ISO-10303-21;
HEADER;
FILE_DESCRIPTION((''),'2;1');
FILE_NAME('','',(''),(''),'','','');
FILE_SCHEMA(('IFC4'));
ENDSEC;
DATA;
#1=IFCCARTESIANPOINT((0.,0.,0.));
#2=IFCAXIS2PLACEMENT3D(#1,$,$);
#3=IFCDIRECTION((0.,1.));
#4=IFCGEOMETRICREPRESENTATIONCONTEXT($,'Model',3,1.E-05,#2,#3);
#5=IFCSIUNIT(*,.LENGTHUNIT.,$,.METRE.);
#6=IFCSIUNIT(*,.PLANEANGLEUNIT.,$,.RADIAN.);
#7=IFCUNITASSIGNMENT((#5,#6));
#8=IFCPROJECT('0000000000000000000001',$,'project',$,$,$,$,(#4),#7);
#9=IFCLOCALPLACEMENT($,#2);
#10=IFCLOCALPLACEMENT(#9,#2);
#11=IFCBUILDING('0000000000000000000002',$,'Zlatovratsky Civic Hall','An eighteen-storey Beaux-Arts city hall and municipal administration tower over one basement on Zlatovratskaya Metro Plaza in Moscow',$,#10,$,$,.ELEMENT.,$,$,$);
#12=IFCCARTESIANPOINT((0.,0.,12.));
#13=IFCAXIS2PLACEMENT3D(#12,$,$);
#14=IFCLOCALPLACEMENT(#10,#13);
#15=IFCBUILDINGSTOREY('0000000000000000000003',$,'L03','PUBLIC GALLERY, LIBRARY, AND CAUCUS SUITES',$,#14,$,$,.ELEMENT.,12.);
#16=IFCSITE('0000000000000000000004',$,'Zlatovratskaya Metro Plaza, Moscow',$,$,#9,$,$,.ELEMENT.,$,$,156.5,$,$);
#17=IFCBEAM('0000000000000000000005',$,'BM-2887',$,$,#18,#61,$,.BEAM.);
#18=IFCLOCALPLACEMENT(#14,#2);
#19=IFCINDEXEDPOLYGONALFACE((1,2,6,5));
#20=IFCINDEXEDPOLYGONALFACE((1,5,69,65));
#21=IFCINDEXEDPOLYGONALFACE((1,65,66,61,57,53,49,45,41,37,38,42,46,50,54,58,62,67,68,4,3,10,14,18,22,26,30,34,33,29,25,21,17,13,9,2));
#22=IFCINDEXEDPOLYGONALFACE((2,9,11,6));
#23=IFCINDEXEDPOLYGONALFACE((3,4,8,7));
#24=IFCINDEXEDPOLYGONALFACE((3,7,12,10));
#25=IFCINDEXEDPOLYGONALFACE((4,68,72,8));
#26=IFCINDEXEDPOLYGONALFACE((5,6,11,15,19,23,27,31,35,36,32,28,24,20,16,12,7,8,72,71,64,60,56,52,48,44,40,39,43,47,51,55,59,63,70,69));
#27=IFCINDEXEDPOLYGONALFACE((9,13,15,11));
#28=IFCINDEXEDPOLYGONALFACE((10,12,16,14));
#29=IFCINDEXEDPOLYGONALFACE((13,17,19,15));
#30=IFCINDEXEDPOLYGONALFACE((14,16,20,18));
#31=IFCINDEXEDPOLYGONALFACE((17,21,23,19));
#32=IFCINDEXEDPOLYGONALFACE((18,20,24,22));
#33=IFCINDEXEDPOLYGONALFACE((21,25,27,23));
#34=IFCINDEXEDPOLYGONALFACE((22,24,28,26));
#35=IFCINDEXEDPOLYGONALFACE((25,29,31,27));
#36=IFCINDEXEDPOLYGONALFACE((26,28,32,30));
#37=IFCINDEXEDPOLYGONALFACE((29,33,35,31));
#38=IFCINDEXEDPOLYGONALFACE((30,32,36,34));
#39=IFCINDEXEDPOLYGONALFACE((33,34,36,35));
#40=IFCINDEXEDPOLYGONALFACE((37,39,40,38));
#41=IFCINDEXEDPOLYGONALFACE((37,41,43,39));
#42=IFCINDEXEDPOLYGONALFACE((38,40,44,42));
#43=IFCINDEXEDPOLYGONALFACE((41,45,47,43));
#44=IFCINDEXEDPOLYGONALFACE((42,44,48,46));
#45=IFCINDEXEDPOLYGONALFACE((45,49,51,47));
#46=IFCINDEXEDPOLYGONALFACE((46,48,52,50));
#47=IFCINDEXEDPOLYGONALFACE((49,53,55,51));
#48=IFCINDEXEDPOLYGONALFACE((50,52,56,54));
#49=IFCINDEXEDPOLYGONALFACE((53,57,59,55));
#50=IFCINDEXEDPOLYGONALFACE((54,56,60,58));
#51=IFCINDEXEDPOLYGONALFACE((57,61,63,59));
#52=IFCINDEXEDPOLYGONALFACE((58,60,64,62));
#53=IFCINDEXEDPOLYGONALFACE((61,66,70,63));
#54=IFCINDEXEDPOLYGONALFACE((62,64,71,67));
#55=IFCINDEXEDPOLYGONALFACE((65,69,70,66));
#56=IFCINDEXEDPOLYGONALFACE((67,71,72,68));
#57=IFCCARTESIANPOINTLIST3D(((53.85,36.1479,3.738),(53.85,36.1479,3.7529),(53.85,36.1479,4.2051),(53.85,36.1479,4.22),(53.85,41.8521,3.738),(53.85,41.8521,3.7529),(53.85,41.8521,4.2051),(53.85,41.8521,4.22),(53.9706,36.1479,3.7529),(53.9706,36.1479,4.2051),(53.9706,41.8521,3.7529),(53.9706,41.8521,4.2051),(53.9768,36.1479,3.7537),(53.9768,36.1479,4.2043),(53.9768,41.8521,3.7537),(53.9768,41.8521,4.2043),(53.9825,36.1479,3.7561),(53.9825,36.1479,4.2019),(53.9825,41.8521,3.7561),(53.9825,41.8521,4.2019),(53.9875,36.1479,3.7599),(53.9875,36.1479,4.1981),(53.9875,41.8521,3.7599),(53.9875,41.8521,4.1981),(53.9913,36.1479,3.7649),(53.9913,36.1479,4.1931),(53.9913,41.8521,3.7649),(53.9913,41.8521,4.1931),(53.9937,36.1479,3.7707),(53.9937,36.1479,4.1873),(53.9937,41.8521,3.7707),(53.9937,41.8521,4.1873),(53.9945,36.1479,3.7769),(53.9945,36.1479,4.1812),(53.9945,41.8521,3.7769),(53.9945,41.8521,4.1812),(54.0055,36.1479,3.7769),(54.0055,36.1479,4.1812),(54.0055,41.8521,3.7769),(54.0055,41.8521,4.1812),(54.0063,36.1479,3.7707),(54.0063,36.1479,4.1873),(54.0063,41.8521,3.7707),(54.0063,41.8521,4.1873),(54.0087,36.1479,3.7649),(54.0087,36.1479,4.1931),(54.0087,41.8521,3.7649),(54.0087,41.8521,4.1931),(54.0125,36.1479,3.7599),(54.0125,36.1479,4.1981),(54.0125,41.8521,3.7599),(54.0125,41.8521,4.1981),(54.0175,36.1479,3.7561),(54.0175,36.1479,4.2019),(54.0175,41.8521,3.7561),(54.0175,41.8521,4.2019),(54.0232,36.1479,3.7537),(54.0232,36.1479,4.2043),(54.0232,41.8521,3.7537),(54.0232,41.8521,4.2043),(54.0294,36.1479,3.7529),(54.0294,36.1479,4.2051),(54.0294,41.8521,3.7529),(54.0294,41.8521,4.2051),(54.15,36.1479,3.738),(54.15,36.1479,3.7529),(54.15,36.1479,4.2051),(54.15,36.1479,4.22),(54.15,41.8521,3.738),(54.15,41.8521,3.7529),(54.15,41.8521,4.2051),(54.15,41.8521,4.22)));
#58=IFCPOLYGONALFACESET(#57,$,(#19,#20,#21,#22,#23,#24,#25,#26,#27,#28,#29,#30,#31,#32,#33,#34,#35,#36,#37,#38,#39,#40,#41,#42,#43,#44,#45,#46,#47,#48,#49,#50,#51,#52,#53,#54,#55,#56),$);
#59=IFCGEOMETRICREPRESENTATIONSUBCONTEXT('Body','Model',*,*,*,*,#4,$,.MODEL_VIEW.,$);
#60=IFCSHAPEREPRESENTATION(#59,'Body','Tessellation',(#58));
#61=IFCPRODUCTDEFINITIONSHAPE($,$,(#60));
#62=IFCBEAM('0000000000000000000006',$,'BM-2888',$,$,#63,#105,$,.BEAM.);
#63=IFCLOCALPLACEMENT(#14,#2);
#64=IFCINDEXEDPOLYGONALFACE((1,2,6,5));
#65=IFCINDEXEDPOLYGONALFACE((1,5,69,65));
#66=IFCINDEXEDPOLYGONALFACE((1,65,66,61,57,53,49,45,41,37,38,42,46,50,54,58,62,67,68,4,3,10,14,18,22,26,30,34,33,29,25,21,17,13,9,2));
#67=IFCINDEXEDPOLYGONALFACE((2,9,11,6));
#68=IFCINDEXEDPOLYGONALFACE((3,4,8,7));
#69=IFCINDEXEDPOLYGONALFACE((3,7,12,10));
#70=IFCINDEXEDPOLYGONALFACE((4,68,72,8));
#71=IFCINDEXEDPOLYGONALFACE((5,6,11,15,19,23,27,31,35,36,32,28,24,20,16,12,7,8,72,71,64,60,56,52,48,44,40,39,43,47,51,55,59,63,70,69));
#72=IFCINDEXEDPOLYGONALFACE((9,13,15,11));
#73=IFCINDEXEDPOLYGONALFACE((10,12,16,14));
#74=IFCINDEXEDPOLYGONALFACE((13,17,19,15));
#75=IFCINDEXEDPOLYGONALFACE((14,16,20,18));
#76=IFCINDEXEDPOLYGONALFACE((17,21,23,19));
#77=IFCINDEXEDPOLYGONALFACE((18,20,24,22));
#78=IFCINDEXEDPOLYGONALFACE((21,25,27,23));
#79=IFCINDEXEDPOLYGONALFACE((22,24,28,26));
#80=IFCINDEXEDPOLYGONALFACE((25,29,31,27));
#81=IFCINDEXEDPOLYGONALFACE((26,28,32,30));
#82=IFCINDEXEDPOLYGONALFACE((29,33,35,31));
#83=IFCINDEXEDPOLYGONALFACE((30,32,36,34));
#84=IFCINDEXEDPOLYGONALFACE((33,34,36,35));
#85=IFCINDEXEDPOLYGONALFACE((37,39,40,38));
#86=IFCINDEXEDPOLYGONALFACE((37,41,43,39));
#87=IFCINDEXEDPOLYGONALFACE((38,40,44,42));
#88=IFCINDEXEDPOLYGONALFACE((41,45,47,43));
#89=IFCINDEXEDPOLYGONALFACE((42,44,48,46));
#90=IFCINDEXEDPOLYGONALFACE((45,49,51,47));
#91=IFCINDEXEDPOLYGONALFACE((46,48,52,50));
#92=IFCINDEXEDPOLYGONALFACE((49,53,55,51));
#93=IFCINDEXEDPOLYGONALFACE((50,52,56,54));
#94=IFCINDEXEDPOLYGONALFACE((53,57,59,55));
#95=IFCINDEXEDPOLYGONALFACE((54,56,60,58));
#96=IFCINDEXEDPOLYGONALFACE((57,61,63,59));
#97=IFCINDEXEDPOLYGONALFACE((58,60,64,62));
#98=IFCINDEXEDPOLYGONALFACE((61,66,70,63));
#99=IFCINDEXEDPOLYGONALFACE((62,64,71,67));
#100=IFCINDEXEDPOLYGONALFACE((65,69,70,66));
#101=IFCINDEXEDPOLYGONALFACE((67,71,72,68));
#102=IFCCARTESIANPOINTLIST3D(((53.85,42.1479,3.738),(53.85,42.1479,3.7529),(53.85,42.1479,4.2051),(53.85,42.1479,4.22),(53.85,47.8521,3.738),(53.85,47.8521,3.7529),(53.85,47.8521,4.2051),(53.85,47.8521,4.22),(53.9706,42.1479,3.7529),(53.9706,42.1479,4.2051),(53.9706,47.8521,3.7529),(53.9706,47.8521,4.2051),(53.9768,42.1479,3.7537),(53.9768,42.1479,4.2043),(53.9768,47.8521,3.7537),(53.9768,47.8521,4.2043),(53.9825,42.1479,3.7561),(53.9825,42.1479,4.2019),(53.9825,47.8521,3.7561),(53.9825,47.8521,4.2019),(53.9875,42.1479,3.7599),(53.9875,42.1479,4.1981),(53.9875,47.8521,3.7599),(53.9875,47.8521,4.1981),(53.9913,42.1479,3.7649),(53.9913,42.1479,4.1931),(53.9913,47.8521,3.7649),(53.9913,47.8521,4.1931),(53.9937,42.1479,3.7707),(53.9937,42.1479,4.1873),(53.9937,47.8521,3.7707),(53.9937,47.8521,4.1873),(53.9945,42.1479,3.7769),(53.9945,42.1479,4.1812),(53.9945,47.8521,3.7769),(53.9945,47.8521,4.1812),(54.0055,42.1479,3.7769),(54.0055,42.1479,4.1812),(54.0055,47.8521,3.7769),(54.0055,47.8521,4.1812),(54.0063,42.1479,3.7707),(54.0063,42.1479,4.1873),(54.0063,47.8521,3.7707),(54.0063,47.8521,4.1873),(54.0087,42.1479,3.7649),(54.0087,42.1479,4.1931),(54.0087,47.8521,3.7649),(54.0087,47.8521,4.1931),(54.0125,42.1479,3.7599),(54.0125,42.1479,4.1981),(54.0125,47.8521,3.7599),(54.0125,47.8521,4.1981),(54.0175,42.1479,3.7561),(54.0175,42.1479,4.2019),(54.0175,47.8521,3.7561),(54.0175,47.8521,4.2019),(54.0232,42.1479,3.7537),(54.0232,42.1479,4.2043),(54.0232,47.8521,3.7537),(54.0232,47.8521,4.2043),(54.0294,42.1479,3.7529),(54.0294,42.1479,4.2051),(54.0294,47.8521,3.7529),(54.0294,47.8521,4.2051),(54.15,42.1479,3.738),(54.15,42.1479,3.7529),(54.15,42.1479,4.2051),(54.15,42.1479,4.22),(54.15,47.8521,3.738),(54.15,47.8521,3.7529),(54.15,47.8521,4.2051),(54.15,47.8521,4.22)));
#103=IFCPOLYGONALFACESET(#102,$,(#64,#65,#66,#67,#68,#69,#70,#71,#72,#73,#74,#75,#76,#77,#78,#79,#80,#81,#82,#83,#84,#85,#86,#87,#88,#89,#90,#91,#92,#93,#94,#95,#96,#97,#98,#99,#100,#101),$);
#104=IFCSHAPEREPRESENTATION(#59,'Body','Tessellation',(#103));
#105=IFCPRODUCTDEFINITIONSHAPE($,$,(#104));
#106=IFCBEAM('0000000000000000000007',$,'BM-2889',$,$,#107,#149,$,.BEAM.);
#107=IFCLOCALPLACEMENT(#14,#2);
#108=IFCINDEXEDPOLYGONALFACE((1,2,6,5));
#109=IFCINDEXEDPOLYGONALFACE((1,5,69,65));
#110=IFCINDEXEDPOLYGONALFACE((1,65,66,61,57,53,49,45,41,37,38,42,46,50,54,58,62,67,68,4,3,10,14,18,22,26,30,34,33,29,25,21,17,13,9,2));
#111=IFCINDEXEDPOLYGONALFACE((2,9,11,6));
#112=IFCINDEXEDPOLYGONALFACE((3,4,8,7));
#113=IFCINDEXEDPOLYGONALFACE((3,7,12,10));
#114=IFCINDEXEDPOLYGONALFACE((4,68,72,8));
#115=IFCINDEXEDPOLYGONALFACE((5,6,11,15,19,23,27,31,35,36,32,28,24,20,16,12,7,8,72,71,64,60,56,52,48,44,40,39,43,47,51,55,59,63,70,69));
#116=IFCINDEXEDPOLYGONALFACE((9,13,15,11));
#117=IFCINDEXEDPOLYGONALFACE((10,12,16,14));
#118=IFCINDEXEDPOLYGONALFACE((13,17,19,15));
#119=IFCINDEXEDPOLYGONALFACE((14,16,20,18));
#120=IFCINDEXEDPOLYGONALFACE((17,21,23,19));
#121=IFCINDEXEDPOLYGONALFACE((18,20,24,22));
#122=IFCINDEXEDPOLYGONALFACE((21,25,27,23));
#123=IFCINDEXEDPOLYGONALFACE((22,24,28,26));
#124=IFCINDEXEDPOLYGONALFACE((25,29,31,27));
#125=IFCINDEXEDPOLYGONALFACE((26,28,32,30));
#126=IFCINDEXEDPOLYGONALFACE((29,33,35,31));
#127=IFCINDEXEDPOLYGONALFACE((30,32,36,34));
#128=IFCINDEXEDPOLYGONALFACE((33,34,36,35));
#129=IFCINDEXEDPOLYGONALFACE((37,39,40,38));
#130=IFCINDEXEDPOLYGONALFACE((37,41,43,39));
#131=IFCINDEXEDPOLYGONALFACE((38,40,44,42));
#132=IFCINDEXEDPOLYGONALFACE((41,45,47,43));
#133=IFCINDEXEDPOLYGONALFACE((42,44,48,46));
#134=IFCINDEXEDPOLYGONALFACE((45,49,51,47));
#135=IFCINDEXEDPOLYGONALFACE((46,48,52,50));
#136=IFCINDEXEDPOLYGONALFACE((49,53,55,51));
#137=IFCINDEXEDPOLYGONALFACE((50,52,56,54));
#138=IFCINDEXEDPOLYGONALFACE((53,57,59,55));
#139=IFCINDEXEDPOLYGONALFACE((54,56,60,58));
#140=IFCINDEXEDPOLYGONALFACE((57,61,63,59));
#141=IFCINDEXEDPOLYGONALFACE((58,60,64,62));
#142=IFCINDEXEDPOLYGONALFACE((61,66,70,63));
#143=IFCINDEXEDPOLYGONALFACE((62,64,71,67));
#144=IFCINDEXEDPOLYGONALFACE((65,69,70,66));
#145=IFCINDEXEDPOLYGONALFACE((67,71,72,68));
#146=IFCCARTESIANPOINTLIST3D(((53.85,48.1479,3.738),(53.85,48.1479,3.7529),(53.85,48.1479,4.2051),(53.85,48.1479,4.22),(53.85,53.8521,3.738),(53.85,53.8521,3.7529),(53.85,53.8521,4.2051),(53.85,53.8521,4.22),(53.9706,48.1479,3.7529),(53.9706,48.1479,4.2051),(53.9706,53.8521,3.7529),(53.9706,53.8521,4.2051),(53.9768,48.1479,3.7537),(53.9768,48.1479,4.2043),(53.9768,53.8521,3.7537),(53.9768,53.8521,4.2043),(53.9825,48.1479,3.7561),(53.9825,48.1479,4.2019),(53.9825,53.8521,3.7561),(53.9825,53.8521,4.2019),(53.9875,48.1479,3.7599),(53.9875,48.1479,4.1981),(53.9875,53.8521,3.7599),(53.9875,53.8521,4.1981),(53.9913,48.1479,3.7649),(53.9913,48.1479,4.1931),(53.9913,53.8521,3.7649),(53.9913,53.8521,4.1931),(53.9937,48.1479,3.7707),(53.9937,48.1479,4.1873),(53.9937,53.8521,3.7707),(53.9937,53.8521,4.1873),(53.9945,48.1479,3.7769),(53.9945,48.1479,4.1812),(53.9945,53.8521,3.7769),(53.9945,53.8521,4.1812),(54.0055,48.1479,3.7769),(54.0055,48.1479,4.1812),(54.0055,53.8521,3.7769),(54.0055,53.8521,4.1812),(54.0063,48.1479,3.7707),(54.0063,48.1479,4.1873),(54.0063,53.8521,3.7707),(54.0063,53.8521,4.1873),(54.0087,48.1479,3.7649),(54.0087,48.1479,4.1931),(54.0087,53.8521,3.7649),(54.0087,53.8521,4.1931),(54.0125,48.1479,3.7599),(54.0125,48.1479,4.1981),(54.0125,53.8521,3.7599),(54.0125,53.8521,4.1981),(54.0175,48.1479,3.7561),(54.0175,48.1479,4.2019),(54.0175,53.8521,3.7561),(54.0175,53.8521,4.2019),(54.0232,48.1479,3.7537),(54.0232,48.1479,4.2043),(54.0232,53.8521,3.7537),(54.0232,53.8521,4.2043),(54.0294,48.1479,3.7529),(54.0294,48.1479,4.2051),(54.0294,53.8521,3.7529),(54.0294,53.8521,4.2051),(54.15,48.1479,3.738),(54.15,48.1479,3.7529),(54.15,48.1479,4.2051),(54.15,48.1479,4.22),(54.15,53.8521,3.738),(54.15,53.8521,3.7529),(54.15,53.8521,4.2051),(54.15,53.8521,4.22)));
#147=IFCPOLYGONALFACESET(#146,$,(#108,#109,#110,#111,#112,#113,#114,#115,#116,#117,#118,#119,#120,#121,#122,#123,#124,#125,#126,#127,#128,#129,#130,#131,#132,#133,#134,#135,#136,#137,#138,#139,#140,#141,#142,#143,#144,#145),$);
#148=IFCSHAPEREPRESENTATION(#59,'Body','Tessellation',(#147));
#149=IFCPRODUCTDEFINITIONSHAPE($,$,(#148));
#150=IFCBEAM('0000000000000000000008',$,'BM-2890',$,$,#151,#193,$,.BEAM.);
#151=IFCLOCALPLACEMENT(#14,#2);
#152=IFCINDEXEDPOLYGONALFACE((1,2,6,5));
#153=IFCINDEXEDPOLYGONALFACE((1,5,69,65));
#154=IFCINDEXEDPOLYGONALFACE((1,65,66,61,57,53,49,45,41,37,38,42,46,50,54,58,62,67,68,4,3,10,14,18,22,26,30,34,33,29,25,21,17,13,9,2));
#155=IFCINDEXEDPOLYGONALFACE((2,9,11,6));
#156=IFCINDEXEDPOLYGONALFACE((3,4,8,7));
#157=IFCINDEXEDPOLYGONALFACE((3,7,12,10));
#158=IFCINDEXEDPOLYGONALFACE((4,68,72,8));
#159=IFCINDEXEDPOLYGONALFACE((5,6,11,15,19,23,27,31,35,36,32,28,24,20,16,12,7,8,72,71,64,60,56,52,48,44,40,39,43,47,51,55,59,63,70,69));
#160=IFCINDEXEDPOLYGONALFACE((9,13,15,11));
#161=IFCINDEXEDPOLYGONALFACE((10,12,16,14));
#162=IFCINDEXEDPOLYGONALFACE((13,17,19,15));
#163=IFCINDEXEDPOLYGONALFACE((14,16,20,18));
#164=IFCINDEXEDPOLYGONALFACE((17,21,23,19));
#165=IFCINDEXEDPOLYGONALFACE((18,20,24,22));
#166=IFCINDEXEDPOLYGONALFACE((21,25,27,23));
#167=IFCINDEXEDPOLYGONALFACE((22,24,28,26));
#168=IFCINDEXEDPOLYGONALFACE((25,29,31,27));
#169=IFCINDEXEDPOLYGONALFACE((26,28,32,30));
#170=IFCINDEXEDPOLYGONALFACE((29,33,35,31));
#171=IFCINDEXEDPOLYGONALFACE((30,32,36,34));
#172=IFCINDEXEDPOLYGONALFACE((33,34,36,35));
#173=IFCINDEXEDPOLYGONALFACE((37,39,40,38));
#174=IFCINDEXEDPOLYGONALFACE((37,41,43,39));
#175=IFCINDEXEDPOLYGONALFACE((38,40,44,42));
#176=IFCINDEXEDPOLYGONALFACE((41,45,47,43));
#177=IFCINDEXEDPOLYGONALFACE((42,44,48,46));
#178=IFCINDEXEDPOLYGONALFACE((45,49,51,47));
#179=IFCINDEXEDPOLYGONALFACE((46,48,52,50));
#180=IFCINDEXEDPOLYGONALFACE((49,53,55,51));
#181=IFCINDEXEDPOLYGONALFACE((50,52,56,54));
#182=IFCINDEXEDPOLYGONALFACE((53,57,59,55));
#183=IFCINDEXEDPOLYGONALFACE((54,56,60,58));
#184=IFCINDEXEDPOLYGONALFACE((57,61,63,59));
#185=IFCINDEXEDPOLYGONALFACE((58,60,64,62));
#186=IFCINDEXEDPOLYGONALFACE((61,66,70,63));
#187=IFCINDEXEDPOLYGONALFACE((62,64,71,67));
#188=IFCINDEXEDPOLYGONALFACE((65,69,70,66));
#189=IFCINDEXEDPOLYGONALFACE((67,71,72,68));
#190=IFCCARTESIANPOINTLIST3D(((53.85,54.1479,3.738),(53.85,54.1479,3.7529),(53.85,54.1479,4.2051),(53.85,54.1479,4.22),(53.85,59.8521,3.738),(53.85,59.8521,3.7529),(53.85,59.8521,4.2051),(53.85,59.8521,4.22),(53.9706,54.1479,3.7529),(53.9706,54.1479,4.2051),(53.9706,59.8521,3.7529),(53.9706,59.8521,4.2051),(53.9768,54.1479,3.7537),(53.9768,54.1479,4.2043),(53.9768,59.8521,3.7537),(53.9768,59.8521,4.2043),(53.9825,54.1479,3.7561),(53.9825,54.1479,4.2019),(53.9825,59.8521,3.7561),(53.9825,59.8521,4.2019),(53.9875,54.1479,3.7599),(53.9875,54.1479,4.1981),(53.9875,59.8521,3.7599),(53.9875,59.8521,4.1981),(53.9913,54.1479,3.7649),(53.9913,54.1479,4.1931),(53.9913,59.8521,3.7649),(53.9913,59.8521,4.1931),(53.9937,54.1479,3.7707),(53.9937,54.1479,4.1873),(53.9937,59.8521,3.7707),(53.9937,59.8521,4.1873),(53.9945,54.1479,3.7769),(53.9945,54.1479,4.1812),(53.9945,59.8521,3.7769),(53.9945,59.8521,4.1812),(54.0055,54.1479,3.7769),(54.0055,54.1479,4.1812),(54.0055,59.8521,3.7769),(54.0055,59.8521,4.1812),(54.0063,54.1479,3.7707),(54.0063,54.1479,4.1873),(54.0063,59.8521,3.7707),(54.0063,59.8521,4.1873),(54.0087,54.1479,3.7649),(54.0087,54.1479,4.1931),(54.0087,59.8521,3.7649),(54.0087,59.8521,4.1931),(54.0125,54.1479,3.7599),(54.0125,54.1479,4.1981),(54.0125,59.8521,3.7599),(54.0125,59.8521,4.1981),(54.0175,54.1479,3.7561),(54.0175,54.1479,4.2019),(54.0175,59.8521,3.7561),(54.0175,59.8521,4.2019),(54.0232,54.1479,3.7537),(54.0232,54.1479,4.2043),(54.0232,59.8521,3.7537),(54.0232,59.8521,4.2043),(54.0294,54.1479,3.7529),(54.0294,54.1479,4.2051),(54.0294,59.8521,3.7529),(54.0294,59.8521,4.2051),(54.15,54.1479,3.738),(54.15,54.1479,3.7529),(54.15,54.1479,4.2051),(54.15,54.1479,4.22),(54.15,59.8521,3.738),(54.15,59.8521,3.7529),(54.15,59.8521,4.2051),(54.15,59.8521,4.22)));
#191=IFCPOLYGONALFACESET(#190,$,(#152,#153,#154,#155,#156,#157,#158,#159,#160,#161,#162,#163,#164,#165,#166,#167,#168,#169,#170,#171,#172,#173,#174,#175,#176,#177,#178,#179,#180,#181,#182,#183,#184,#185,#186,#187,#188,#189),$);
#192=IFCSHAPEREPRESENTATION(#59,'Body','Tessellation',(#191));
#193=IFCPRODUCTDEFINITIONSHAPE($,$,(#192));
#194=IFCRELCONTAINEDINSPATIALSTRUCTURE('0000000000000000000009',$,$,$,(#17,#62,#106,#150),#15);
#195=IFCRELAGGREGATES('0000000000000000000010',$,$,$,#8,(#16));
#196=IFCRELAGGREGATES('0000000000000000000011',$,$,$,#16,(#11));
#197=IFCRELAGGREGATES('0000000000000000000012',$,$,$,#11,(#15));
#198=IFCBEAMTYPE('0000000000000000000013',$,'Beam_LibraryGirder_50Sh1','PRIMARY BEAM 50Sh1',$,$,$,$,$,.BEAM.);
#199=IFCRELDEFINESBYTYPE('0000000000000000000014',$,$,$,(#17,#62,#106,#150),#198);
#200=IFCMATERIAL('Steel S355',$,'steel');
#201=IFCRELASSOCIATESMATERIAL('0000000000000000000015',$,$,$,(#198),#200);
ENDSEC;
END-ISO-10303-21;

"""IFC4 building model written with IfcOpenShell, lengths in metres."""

from ifc_helpers import new_model, si_unit, direction, frame, origin, origin_2d, place, context, subcontext, project, spatial, i_section, extrude, material, material_profile, profile_set, type_object, element, save


model = new_model("IFC4")

# Units and contexts
model_context = context("Model", 3, precision=1e-05, world=origin(), true_north=direction((0.0, 1.0)))
body_context = subcontext(model_context, "Body", "Model", "MODEL_VIEW")
ifc_project = project(units=[si_unit("LENGTHUNIT", "METRE"), si_unit("PLANEANGLEUNIT", "RADIAN")], contexts=[model_context])

# Site, building, storey
site_placement = place(None, origin())
site = spatial("IfcSite", under=ifc_project, at=site_placement, Name="Zlatovratskaya Metro Plaza, Moscow", CompositionType="ELEMENT", RefElevation=156.5)
building_placement = place(site_placement, origin())
building = spatial("IfcBuilding", under=site, at=building_placement, Name="Zlatovratsky Civic Hall", Description="An eighteen-storey Beaux-Arts city hall and municipal administration tower over one basement on Zlatovratskaya Metro Plaza in Moscow", CompositionType="ELEMENT")
storey_placement = place(building_placement, frame((0.0, 0.0, 12.0)))
storey = spatial("IfcBuildingStorey", under=building, at=storey_placement, Name="L03", Description="PUBLIC GALLERY, LIBRARY, AND CAUCUS SUITES", CompositionType="ELEMENT", Elevation=12.0)

# Shared definitions
ifc_material_1 = material(Name="Steel S355", Category="steel")

# Beams
ifc_material_profile_1 = material_profile(ifc_material_1, i_section(OverallWidth=0.3, OverallDepth=0.4819, WebThickness=0.011, FlangeThickness=0.0149, FilletRadius=0.0239, at=origin_2d()), Name="50Sh1")
ifc_profile_set_1 = profile_set([ifc_material_profile_1], Name="Steel S355")
beam_type = type_object("IfcBeamType", Name="Beam_LibraryGirder_50Sh1", Description="PRIMARY BEAM 50Sh1", PredefinedType="BEAM", material=ifc_profile_set_1)
for number, where, z_axis, x_axis, name in (
    (1, (54.0, 36.1479, 3.979), (0.0, 1.0, 0.0), (-1.0, 0.0, 0.0), "BM-2887"),
    (2, (54.0, 42.1479, 3.979), (0.0, 1.0, 0.0), (-1.0, 0.0, 0.0), "BM-2888"),
    (3, (54.0, 48.1479, 3.979), (0.0, 1.0, 0.0), (-1.0, 0.0, 0.0), "BM-2889"),
    (4, (54.0, 54.1479, 3.979), (0.0, 1.0, 0.0), (-1.0, 0.0, 0.0), "BM-2890"),
):
    element("IfcBeam", number, at=place(storey_placement, frame(where, z_axis=z_axis, x_axis=x_axis)), inside=storey, type_object=beam_type, Name=name, PredefinedType="BEAM", context=body_context, shape_type="SweptSolid", body=[
        extrude(i_section(OverallWidth=0.3, OverallDepth=0.4819, WebThickness=0.011, FlangeThickness=0.0149, FilletRadius=0.0239, at=origin_2d()), origin(), (0.0, 0.0, 1.0), 5.7041),
    ])

save(model, "model.ifc")
